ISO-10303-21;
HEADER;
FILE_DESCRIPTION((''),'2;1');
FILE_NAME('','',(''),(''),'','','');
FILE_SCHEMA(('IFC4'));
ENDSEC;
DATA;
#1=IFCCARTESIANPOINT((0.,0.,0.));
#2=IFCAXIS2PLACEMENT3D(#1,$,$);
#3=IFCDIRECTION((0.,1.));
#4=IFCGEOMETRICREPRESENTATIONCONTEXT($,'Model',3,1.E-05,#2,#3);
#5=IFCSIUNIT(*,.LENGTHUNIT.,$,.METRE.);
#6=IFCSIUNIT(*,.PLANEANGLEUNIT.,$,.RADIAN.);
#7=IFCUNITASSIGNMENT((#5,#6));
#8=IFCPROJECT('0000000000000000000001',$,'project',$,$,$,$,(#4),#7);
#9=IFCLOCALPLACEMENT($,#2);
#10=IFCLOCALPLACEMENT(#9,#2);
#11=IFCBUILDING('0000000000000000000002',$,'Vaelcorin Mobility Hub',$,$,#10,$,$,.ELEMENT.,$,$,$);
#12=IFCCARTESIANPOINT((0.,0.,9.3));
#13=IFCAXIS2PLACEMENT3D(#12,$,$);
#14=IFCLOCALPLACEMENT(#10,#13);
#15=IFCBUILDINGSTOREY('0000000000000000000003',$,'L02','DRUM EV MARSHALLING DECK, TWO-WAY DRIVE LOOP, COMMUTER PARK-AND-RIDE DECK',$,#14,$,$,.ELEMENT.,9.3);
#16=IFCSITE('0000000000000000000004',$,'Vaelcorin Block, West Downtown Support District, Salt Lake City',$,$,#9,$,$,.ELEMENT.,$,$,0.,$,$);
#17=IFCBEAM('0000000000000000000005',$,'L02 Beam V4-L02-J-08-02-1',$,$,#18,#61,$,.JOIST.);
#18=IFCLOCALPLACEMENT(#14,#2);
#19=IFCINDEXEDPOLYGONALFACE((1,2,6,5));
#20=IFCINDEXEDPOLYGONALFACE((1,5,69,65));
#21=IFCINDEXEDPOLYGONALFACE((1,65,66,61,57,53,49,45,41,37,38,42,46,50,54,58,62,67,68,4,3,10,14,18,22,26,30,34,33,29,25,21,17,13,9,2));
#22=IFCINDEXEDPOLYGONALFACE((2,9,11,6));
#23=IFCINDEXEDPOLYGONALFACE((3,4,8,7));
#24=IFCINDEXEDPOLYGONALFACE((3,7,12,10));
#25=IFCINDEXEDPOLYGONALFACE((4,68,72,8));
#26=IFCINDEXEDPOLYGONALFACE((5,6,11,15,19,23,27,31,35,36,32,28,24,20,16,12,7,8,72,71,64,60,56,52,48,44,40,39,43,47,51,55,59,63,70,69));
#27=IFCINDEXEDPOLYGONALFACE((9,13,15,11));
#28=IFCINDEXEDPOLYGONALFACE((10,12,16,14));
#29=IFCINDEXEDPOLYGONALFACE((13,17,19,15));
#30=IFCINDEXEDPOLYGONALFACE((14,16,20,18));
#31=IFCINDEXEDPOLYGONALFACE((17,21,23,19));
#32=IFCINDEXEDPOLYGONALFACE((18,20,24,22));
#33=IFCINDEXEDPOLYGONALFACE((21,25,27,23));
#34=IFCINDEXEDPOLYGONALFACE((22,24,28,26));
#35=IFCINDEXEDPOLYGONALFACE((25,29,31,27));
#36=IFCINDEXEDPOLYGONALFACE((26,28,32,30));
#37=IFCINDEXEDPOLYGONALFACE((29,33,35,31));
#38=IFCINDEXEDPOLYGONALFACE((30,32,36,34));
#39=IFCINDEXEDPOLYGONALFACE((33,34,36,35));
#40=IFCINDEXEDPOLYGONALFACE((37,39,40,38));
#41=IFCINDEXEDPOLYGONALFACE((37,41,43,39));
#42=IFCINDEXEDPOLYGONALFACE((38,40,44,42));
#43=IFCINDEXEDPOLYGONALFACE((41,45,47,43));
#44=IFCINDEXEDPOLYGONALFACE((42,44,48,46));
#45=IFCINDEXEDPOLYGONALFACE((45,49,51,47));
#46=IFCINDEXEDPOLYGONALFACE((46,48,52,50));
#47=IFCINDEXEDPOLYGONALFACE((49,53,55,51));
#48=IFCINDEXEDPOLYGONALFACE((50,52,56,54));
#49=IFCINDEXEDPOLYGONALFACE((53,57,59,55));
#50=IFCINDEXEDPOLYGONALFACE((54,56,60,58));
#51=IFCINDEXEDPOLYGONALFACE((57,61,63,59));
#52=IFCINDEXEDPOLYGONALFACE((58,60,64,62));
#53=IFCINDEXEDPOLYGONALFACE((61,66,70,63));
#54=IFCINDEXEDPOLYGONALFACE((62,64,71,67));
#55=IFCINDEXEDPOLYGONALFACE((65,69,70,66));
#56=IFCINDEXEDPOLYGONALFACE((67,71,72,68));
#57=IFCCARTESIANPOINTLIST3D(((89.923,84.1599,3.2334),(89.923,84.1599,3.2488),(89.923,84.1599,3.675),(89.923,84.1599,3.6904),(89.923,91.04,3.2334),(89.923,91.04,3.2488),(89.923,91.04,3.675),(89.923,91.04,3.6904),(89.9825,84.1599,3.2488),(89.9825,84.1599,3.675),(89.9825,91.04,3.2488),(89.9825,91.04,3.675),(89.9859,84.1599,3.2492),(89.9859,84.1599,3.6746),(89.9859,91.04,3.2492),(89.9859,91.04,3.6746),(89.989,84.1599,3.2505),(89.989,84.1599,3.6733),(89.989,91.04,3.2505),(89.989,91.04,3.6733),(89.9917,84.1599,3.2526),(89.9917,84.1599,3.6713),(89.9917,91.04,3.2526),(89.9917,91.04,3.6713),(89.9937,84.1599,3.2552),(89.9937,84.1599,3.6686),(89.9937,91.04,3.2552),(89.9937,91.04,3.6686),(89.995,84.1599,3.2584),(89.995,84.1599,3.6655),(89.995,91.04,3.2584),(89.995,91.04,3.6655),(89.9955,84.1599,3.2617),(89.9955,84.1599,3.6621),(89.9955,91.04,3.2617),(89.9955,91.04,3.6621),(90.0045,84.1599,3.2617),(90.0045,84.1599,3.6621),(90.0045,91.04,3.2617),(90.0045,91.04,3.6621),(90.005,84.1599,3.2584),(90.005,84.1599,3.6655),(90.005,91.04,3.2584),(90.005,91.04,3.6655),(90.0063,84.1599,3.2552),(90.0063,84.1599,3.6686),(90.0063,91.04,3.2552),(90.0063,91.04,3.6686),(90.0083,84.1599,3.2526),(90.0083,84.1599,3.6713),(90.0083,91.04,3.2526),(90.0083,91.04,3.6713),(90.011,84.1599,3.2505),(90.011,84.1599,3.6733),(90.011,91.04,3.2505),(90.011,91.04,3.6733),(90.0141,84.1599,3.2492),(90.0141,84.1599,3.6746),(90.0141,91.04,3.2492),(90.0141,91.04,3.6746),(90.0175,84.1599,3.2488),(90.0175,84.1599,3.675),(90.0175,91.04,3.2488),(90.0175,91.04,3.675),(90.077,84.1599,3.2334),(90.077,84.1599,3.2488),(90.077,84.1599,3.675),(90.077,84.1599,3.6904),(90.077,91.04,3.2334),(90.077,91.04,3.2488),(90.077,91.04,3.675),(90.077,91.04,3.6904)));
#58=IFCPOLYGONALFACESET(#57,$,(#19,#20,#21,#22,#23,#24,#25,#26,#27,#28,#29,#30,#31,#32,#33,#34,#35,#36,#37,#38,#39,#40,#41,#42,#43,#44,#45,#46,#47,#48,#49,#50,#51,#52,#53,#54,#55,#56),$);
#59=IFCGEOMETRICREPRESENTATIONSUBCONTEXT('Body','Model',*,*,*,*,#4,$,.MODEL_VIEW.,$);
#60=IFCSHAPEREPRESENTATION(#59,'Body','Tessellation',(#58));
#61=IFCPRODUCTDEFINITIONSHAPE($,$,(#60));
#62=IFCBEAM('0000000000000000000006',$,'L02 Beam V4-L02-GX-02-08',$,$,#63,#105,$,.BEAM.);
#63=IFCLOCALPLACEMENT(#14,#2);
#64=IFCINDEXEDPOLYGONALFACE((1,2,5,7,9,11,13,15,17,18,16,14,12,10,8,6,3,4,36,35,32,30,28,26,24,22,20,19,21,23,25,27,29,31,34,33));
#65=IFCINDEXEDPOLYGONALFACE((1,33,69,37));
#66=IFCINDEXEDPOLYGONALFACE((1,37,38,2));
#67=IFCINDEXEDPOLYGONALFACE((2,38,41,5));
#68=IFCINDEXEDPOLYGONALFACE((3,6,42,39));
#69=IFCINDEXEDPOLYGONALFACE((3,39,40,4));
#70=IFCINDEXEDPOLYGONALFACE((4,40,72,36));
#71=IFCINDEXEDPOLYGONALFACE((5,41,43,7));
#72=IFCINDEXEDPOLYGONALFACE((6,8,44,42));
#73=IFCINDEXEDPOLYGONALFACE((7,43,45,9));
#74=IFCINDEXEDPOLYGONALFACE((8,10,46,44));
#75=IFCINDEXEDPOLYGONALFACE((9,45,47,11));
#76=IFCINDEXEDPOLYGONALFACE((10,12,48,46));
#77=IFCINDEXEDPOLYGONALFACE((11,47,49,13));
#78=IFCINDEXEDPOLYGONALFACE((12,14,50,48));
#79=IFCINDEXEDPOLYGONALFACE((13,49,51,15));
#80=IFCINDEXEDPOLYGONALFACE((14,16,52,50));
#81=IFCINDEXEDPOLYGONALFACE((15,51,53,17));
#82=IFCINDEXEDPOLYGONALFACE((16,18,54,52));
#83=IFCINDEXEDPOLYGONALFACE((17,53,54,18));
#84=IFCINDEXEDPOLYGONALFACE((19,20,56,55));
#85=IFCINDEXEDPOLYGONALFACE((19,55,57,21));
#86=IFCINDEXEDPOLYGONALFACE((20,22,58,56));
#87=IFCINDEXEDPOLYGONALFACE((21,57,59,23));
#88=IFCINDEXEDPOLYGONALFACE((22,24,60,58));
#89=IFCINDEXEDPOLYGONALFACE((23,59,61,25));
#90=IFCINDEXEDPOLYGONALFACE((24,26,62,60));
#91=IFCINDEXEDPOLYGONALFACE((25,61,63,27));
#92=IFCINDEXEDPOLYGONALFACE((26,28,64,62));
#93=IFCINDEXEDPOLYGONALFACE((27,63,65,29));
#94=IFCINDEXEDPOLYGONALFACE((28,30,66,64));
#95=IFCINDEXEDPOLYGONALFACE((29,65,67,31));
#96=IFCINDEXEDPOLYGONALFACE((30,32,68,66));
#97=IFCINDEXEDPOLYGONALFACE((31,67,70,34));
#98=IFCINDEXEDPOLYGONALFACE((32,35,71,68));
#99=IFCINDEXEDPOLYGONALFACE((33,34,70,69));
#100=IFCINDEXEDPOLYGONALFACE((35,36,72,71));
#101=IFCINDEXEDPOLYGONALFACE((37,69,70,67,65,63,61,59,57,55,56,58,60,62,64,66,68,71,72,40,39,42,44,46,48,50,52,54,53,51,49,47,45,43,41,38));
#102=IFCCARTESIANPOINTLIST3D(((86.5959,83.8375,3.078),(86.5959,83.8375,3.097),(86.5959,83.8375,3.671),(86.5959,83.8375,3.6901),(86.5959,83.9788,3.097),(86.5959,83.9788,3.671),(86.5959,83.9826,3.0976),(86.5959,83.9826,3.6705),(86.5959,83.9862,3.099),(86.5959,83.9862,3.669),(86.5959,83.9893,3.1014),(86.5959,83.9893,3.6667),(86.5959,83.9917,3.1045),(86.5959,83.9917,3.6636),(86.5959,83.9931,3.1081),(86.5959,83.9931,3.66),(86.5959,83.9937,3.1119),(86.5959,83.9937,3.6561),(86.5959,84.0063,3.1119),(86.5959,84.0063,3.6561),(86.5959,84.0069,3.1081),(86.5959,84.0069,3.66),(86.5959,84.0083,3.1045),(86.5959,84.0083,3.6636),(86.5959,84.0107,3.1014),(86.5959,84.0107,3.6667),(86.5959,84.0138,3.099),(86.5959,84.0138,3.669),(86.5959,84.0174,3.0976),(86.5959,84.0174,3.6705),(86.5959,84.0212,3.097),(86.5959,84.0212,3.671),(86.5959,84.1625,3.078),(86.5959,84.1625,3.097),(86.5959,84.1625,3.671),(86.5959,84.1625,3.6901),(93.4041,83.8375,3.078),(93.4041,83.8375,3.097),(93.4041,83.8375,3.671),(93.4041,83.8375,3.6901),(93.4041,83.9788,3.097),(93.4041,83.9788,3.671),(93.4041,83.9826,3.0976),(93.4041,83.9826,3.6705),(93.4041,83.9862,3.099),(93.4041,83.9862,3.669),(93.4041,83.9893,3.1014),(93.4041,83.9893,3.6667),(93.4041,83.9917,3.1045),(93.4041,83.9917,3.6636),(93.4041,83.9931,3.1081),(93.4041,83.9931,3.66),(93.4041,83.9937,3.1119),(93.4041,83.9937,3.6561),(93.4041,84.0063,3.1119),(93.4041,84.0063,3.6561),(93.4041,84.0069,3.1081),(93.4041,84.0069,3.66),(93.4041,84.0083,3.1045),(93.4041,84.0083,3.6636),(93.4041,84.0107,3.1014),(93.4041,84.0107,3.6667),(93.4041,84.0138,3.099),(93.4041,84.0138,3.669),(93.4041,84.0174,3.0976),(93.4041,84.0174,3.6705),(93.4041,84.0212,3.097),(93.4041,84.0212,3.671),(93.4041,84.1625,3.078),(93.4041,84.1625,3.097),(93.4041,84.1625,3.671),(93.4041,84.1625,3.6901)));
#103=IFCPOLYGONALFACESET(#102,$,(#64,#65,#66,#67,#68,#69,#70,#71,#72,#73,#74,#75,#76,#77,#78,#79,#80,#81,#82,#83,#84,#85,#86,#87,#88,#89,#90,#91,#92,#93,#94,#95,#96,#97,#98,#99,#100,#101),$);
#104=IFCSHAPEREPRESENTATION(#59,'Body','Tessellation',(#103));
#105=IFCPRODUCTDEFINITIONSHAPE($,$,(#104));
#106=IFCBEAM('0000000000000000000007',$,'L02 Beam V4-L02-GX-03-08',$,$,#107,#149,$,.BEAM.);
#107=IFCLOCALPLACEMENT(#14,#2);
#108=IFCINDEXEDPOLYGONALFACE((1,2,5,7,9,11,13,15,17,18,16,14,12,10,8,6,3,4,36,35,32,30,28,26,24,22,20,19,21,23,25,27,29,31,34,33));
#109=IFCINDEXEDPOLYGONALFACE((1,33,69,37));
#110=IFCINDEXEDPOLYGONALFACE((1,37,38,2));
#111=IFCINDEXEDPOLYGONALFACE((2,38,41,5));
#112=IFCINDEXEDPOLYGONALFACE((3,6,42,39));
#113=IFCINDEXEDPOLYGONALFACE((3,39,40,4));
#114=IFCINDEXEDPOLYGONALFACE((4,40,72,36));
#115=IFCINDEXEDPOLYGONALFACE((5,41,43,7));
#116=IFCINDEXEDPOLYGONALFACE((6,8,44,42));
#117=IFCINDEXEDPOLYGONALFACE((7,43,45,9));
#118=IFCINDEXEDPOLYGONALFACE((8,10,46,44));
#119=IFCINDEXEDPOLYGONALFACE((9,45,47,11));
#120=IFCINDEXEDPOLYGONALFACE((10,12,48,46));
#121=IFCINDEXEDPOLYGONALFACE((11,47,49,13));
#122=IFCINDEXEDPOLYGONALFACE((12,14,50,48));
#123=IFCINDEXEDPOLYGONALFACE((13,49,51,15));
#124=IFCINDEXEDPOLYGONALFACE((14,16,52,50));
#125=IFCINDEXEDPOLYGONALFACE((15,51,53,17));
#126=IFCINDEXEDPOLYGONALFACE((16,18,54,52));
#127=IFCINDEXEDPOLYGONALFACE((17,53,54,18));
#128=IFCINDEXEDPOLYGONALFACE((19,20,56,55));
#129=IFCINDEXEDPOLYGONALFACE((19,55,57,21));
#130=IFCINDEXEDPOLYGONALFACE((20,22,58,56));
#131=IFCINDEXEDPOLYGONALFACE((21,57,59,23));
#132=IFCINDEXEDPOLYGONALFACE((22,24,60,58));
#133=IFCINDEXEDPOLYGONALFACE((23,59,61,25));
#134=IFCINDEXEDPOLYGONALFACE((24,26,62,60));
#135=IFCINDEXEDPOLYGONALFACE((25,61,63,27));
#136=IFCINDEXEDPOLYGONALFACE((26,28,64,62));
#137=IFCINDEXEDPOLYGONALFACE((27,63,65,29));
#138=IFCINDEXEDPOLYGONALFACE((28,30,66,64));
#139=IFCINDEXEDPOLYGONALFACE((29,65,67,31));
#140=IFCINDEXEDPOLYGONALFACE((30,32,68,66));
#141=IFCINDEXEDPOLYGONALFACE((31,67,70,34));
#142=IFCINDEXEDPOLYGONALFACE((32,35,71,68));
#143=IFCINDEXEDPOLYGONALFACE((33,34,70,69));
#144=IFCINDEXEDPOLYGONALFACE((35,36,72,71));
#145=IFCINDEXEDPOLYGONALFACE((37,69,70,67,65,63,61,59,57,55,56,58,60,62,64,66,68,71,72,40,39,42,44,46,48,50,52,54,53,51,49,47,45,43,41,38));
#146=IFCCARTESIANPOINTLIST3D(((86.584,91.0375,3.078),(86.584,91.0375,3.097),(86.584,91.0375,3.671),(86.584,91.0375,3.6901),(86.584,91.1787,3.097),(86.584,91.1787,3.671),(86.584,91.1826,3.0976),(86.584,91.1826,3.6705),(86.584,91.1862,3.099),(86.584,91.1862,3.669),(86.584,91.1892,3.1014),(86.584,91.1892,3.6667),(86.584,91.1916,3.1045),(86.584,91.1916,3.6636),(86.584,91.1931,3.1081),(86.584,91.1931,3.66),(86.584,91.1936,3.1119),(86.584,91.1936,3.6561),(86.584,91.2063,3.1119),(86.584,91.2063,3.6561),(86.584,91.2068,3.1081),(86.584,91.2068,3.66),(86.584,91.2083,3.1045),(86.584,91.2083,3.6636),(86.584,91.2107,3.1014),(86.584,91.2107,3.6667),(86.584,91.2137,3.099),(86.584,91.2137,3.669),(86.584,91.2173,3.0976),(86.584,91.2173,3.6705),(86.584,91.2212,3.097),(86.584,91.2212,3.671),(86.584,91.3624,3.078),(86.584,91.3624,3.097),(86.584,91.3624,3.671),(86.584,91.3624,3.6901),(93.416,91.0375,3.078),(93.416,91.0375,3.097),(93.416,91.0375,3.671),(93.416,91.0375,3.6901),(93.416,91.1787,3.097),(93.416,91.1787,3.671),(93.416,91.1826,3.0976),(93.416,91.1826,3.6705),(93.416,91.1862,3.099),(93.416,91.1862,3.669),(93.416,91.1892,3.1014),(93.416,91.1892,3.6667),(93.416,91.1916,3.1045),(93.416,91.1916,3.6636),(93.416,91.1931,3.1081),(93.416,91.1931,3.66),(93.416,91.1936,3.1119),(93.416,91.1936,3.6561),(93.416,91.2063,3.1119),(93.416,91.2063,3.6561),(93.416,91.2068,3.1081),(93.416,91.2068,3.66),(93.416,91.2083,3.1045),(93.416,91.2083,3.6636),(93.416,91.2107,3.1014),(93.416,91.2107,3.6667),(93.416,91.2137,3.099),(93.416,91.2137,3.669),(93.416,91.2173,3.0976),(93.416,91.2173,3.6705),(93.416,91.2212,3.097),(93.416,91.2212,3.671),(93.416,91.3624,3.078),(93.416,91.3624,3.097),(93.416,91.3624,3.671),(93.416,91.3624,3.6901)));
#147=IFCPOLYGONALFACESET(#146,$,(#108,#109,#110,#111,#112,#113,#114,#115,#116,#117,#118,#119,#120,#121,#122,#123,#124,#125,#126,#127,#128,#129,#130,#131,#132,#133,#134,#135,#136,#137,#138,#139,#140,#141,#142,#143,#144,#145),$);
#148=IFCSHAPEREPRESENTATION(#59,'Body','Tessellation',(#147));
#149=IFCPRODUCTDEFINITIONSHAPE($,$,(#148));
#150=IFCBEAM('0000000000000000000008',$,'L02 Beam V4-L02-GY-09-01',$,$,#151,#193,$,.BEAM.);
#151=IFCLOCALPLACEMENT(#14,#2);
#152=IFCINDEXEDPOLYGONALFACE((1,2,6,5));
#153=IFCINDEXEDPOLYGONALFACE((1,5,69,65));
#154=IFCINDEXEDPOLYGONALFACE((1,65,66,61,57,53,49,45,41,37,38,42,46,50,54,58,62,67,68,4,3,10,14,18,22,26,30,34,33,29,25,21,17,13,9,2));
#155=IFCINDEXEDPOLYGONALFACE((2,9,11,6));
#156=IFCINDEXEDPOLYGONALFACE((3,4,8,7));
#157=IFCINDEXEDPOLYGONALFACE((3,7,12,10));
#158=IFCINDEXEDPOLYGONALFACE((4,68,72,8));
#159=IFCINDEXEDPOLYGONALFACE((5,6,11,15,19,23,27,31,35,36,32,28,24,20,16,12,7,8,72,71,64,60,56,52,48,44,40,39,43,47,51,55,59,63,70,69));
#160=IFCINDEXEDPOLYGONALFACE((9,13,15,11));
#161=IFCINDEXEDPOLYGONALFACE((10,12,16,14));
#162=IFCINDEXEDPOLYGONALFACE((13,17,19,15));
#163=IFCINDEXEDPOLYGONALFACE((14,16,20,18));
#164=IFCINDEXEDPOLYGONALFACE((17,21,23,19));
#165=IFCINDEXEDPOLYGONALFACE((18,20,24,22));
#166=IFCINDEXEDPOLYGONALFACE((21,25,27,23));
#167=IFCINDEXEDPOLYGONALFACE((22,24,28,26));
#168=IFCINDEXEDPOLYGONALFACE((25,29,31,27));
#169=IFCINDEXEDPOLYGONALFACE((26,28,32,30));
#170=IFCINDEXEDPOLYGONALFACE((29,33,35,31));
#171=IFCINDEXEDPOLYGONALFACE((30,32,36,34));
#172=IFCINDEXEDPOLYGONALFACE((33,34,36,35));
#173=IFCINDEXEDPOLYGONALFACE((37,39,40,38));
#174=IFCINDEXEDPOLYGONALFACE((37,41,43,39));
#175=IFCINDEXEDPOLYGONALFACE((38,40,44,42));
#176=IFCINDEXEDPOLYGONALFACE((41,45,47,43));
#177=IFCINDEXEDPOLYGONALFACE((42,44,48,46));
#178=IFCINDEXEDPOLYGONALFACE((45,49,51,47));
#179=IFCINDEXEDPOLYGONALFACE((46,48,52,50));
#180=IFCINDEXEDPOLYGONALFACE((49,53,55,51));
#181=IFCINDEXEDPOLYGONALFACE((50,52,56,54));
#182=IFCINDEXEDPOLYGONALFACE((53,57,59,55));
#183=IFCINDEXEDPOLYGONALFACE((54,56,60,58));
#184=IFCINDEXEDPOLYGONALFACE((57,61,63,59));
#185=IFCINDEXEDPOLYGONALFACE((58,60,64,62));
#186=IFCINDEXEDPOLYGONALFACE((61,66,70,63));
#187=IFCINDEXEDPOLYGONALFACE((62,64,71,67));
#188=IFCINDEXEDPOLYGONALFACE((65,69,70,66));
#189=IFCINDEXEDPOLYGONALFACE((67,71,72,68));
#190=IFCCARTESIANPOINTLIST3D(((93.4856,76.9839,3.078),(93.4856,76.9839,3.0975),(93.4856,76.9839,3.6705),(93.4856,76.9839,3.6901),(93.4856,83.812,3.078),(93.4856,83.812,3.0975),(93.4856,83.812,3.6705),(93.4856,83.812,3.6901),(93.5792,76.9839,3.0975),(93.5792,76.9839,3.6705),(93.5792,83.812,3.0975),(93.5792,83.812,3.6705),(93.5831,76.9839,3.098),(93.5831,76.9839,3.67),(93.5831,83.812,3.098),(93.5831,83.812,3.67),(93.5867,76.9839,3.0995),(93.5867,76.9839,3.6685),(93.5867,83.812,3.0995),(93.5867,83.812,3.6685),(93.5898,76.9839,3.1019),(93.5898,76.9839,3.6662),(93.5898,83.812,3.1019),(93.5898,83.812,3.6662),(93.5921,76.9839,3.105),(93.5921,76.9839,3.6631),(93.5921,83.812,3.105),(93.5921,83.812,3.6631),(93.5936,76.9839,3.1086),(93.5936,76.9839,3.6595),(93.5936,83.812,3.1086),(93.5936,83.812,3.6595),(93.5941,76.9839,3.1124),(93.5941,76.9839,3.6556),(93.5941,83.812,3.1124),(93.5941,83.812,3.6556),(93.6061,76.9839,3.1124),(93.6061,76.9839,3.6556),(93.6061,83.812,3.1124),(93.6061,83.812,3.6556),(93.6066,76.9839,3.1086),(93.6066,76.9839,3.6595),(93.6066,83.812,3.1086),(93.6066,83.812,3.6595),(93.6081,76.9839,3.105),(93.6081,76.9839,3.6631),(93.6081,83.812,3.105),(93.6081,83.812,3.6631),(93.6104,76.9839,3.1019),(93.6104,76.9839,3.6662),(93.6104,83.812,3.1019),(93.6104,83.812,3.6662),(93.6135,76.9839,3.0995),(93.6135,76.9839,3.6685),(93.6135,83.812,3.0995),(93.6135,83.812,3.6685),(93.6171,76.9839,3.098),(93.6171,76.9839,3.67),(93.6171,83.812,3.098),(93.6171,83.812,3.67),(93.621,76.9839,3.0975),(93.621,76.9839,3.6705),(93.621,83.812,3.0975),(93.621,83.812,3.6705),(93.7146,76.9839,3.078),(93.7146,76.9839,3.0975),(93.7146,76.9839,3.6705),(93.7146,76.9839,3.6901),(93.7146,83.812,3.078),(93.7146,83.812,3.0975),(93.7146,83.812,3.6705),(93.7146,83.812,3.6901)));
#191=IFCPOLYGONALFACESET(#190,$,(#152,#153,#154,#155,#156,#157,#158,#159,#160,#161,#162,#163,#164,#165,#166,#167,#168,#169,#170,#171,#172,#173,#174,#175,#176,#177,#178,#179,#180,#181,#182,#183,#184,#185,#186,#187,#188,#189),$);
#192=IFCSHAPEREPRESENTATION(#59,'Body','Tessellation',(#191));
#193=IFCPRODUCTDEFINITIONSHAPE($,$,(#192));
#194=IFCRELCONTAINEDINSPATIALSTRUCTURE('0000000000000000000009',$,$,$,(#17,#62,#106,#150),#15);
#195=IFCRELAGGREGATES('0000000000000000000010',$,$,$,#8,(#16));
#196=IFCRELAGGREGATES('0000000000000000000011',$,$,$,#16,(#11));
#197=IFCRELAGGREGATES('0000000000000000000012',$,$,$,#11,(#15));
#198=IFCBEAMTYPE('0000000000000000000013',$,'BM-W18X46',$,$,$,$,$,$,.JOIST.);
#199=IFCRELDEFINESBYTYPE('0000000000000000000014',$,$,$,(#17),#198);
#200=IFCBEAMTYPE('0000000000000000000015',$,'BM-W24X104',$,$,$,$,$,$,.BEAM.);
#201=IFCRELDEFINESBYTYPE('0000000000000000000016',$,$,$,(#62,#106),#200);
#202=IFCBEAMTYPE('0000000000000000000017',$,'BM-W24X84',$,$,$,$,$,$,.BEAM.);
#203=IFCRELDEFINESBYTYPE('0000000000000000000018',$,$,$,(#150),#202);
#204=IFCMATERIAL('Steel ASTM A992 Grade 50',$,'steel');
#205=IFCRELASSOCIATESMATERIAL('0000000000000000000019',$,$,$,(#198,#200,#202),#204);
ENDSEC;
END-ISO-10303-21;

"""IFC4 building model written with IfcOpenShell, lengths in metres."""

from ifc_helpers import new_model, si_unit, direction, frame, origin, origin_2d, place, context, subcontext, project, spatial, i_section, extrude, material, material_profile, profile_set, type_object, element, save


model = new_model("IFC4")

# Units and contexts
model_context = context("Model", 3, precision=1e-05, world=origin(), true_north=direction((0.0, 1.0)))
body_context = subcontext(model_context, "Body", "Model", "MODEL_VIEW")
ifc_project = project(units=[si_unit("LENGTHUNIT", "METRE"), si_unit("PLANEANGLEUNIT", "RADIAN")], contexts=[model_context])

# Site, building, storey
site_placement = place(None, origin())
site = spatial("IfcSite", under=ifc_project, at=site_placement, Name="Vaelcorin Block, West Downtown Support District, Salt Lake City", CompositionType="ELEMENT", RefElevation=0.0)
building_placement = place(site_placement, origin())
building = spatial("IfcBuilding", under=site, at=building_placement, Name="Vaelcorin Mobility Hub", CompositionType="ELEMENT")
storey_placement = place(building_placement, frame((0.0, 0.0, 9.3)))
storey = spatial("IfcBuildingStorey", under=building, at=storey_placement, Name="L02", Description="DRUM EV MARSHALLING DECK, TWO-WAY DRIVE LOOP, COMMUTER PARK-AND-RIDE DECK", CompositionType="ELEMENT", Elevation=9.3)

# Shared definitions
ifc_material_1 = material(Name="Steel ASTM A992 Grade 50", Category="steel")

# Beams
ifc_material_profile_1 = material_profile(ifc_material_1, i_section(OverallWidth=0.1541, OverallDepth=0.457, WebThickness=0.009, FlangeThickness=0.0154, FilletRadius=0.0129, at=origin_2d()), Name="W18X46")
ifc_profile_set_1 = profile_set([ifc_material_profile_1], Name="Steel ASTM A992 Grade 50")
beam_type_1 = type_object("IfcBeamType", Name="BM-W18X46", PredefinedType="JOIST", material=ifc_profile_set_1)
for number, where, z_axis, x_axis, name in (
    (1, (90.0, 84.1599, 3.4619), (0.0, 1.0, 0.0), (-1.0, 0.0, 0.0), "L02 Beam V4-L02-J-08-02-1"),
):
    element("IfcBeam", number, at=place(storey_placement, frame(where, z_axis=z_axis, x_axis=x_axis)), inside=storey, type_object=beam_type_1, Name=name, PredefinedType="JOIST", context=body_context, shape_type="SweptSolid", body=[
        extrude(i_section(OverallWidth=0.1541, OverallDepth=0.457, WebThickness=0.009, FlangeThickness=0.0154, FilletRadius=0.0129, at=origin_2d()), origin(), (0.0, 0.0, 1.0), 6.8801),
    ])
ifc_material_profile_2 = material_profile(ifc_material_1, i_section(OverallWidth=0.325, OverallDepth=0.6121, WebThickness=0.0127, FlangeThickness=0.019, FilletRadius=0.0149, at=origin_2d()), Name="W24X104")
ifc_profile_set_2 = profile_set([ifc_material_profile_2], Name="Steel ASTM A992 Grade 50")
beam_type_2 = type_object("IfcBeamType", Name="BM-W24X104", PredefinedType="BEAM", material=ifc_profile_set_2)
beam_1_placement = place(storey_placement, frame((86.5959, 84.0, 3.384), z_axis=(1.0, 0.0, 0.0), x_axis=(0.0, 1.0, 0.0)))
element("IfcBeam", 2, at=beam_1_placement, inside=storey, type_object=beam_type_2, Name="L02 Beam V4-L02-GX-02-08", PredefinedType="BEAM", context=body_context, shape_type="SweptSolid", body=[
    extrude(i_section(OverallWidth=0.325, OverallDepth=0.6121, WebThickness=0.0127, FlangeThickness=0.019, FilletRadius=0.0149, at=origin_2d()), origin(), (0.0, 0.0, 1.0), 6.8081),
])
beam_2_placement = place(storey_placement, frame((86.584, 91.2, 3.384), z_axis=(1.0, 0.0, 0.0), x_axis=(0.0, 1.0, 0.0)))
element("IfcBeam", 3, at=beam_2_placement, inside=storey, type_object=beam_type_2, Name="L02 Beam V4-L02-GX-03-08", PredefinedType="BEAM", context=body_context, shape_type="SweptSolid", body=[
    extrude(i_section(OverallWidth=0.325, OverallDepth=0.6121, WebThickness=0.0127, FlangeThickness=0.019, FilletRadius=0.0149, at=origin_2d()), origin(), (0.0, 0.0, 1.0), 6.832),
])
ifc_material_profile_3 = material_profile(ifc_material_1, i_section(OverallWidth=0.229, OverallDepth=0.6121, WebThickness=0.012, FlangeThickness=0.0195, FilletRadius=0.0149, at=origin_2d()), Name="W24X84")
ifc_profile_set_3 = profile_set([ifc_material_profile_3], Name="Steel ASTM A992 Grade 50")
beam_type_3 = type_object("IfcBeamType", Name="BM-W24X84", PredefinedType="BEAM", material=ifc_profile_set_3)
for number, where, z_axis, x_axis, name in (
    (4, (93.6001, 76.9839, 3.384), (0.0, 1.0, 0.0), (-1.0, 0.0, 0.0), "L02 Beam V4-L02-GY-09-01"),
):
    element("IfcBeam", number, at=place(storey_placement, frame(where, z_axis=z_axis, x_axis=x_axis)), inside=storey, type_object=beam_type_3, Name=name, PredefinedType="BEAM", context=body_context, shape_type="SweptSolid", body=[
        extrude(i_section(OverallWidth=0.229, OverallDepth=0.6121, WebThickness=0.012, FlangeThickness=0.0195, FilletRadius=0.0149, at=origin_2d()), origin(), (0.0, 0.0, 1.0), 6.8281),
    ])

save(model, "model.ifc")
